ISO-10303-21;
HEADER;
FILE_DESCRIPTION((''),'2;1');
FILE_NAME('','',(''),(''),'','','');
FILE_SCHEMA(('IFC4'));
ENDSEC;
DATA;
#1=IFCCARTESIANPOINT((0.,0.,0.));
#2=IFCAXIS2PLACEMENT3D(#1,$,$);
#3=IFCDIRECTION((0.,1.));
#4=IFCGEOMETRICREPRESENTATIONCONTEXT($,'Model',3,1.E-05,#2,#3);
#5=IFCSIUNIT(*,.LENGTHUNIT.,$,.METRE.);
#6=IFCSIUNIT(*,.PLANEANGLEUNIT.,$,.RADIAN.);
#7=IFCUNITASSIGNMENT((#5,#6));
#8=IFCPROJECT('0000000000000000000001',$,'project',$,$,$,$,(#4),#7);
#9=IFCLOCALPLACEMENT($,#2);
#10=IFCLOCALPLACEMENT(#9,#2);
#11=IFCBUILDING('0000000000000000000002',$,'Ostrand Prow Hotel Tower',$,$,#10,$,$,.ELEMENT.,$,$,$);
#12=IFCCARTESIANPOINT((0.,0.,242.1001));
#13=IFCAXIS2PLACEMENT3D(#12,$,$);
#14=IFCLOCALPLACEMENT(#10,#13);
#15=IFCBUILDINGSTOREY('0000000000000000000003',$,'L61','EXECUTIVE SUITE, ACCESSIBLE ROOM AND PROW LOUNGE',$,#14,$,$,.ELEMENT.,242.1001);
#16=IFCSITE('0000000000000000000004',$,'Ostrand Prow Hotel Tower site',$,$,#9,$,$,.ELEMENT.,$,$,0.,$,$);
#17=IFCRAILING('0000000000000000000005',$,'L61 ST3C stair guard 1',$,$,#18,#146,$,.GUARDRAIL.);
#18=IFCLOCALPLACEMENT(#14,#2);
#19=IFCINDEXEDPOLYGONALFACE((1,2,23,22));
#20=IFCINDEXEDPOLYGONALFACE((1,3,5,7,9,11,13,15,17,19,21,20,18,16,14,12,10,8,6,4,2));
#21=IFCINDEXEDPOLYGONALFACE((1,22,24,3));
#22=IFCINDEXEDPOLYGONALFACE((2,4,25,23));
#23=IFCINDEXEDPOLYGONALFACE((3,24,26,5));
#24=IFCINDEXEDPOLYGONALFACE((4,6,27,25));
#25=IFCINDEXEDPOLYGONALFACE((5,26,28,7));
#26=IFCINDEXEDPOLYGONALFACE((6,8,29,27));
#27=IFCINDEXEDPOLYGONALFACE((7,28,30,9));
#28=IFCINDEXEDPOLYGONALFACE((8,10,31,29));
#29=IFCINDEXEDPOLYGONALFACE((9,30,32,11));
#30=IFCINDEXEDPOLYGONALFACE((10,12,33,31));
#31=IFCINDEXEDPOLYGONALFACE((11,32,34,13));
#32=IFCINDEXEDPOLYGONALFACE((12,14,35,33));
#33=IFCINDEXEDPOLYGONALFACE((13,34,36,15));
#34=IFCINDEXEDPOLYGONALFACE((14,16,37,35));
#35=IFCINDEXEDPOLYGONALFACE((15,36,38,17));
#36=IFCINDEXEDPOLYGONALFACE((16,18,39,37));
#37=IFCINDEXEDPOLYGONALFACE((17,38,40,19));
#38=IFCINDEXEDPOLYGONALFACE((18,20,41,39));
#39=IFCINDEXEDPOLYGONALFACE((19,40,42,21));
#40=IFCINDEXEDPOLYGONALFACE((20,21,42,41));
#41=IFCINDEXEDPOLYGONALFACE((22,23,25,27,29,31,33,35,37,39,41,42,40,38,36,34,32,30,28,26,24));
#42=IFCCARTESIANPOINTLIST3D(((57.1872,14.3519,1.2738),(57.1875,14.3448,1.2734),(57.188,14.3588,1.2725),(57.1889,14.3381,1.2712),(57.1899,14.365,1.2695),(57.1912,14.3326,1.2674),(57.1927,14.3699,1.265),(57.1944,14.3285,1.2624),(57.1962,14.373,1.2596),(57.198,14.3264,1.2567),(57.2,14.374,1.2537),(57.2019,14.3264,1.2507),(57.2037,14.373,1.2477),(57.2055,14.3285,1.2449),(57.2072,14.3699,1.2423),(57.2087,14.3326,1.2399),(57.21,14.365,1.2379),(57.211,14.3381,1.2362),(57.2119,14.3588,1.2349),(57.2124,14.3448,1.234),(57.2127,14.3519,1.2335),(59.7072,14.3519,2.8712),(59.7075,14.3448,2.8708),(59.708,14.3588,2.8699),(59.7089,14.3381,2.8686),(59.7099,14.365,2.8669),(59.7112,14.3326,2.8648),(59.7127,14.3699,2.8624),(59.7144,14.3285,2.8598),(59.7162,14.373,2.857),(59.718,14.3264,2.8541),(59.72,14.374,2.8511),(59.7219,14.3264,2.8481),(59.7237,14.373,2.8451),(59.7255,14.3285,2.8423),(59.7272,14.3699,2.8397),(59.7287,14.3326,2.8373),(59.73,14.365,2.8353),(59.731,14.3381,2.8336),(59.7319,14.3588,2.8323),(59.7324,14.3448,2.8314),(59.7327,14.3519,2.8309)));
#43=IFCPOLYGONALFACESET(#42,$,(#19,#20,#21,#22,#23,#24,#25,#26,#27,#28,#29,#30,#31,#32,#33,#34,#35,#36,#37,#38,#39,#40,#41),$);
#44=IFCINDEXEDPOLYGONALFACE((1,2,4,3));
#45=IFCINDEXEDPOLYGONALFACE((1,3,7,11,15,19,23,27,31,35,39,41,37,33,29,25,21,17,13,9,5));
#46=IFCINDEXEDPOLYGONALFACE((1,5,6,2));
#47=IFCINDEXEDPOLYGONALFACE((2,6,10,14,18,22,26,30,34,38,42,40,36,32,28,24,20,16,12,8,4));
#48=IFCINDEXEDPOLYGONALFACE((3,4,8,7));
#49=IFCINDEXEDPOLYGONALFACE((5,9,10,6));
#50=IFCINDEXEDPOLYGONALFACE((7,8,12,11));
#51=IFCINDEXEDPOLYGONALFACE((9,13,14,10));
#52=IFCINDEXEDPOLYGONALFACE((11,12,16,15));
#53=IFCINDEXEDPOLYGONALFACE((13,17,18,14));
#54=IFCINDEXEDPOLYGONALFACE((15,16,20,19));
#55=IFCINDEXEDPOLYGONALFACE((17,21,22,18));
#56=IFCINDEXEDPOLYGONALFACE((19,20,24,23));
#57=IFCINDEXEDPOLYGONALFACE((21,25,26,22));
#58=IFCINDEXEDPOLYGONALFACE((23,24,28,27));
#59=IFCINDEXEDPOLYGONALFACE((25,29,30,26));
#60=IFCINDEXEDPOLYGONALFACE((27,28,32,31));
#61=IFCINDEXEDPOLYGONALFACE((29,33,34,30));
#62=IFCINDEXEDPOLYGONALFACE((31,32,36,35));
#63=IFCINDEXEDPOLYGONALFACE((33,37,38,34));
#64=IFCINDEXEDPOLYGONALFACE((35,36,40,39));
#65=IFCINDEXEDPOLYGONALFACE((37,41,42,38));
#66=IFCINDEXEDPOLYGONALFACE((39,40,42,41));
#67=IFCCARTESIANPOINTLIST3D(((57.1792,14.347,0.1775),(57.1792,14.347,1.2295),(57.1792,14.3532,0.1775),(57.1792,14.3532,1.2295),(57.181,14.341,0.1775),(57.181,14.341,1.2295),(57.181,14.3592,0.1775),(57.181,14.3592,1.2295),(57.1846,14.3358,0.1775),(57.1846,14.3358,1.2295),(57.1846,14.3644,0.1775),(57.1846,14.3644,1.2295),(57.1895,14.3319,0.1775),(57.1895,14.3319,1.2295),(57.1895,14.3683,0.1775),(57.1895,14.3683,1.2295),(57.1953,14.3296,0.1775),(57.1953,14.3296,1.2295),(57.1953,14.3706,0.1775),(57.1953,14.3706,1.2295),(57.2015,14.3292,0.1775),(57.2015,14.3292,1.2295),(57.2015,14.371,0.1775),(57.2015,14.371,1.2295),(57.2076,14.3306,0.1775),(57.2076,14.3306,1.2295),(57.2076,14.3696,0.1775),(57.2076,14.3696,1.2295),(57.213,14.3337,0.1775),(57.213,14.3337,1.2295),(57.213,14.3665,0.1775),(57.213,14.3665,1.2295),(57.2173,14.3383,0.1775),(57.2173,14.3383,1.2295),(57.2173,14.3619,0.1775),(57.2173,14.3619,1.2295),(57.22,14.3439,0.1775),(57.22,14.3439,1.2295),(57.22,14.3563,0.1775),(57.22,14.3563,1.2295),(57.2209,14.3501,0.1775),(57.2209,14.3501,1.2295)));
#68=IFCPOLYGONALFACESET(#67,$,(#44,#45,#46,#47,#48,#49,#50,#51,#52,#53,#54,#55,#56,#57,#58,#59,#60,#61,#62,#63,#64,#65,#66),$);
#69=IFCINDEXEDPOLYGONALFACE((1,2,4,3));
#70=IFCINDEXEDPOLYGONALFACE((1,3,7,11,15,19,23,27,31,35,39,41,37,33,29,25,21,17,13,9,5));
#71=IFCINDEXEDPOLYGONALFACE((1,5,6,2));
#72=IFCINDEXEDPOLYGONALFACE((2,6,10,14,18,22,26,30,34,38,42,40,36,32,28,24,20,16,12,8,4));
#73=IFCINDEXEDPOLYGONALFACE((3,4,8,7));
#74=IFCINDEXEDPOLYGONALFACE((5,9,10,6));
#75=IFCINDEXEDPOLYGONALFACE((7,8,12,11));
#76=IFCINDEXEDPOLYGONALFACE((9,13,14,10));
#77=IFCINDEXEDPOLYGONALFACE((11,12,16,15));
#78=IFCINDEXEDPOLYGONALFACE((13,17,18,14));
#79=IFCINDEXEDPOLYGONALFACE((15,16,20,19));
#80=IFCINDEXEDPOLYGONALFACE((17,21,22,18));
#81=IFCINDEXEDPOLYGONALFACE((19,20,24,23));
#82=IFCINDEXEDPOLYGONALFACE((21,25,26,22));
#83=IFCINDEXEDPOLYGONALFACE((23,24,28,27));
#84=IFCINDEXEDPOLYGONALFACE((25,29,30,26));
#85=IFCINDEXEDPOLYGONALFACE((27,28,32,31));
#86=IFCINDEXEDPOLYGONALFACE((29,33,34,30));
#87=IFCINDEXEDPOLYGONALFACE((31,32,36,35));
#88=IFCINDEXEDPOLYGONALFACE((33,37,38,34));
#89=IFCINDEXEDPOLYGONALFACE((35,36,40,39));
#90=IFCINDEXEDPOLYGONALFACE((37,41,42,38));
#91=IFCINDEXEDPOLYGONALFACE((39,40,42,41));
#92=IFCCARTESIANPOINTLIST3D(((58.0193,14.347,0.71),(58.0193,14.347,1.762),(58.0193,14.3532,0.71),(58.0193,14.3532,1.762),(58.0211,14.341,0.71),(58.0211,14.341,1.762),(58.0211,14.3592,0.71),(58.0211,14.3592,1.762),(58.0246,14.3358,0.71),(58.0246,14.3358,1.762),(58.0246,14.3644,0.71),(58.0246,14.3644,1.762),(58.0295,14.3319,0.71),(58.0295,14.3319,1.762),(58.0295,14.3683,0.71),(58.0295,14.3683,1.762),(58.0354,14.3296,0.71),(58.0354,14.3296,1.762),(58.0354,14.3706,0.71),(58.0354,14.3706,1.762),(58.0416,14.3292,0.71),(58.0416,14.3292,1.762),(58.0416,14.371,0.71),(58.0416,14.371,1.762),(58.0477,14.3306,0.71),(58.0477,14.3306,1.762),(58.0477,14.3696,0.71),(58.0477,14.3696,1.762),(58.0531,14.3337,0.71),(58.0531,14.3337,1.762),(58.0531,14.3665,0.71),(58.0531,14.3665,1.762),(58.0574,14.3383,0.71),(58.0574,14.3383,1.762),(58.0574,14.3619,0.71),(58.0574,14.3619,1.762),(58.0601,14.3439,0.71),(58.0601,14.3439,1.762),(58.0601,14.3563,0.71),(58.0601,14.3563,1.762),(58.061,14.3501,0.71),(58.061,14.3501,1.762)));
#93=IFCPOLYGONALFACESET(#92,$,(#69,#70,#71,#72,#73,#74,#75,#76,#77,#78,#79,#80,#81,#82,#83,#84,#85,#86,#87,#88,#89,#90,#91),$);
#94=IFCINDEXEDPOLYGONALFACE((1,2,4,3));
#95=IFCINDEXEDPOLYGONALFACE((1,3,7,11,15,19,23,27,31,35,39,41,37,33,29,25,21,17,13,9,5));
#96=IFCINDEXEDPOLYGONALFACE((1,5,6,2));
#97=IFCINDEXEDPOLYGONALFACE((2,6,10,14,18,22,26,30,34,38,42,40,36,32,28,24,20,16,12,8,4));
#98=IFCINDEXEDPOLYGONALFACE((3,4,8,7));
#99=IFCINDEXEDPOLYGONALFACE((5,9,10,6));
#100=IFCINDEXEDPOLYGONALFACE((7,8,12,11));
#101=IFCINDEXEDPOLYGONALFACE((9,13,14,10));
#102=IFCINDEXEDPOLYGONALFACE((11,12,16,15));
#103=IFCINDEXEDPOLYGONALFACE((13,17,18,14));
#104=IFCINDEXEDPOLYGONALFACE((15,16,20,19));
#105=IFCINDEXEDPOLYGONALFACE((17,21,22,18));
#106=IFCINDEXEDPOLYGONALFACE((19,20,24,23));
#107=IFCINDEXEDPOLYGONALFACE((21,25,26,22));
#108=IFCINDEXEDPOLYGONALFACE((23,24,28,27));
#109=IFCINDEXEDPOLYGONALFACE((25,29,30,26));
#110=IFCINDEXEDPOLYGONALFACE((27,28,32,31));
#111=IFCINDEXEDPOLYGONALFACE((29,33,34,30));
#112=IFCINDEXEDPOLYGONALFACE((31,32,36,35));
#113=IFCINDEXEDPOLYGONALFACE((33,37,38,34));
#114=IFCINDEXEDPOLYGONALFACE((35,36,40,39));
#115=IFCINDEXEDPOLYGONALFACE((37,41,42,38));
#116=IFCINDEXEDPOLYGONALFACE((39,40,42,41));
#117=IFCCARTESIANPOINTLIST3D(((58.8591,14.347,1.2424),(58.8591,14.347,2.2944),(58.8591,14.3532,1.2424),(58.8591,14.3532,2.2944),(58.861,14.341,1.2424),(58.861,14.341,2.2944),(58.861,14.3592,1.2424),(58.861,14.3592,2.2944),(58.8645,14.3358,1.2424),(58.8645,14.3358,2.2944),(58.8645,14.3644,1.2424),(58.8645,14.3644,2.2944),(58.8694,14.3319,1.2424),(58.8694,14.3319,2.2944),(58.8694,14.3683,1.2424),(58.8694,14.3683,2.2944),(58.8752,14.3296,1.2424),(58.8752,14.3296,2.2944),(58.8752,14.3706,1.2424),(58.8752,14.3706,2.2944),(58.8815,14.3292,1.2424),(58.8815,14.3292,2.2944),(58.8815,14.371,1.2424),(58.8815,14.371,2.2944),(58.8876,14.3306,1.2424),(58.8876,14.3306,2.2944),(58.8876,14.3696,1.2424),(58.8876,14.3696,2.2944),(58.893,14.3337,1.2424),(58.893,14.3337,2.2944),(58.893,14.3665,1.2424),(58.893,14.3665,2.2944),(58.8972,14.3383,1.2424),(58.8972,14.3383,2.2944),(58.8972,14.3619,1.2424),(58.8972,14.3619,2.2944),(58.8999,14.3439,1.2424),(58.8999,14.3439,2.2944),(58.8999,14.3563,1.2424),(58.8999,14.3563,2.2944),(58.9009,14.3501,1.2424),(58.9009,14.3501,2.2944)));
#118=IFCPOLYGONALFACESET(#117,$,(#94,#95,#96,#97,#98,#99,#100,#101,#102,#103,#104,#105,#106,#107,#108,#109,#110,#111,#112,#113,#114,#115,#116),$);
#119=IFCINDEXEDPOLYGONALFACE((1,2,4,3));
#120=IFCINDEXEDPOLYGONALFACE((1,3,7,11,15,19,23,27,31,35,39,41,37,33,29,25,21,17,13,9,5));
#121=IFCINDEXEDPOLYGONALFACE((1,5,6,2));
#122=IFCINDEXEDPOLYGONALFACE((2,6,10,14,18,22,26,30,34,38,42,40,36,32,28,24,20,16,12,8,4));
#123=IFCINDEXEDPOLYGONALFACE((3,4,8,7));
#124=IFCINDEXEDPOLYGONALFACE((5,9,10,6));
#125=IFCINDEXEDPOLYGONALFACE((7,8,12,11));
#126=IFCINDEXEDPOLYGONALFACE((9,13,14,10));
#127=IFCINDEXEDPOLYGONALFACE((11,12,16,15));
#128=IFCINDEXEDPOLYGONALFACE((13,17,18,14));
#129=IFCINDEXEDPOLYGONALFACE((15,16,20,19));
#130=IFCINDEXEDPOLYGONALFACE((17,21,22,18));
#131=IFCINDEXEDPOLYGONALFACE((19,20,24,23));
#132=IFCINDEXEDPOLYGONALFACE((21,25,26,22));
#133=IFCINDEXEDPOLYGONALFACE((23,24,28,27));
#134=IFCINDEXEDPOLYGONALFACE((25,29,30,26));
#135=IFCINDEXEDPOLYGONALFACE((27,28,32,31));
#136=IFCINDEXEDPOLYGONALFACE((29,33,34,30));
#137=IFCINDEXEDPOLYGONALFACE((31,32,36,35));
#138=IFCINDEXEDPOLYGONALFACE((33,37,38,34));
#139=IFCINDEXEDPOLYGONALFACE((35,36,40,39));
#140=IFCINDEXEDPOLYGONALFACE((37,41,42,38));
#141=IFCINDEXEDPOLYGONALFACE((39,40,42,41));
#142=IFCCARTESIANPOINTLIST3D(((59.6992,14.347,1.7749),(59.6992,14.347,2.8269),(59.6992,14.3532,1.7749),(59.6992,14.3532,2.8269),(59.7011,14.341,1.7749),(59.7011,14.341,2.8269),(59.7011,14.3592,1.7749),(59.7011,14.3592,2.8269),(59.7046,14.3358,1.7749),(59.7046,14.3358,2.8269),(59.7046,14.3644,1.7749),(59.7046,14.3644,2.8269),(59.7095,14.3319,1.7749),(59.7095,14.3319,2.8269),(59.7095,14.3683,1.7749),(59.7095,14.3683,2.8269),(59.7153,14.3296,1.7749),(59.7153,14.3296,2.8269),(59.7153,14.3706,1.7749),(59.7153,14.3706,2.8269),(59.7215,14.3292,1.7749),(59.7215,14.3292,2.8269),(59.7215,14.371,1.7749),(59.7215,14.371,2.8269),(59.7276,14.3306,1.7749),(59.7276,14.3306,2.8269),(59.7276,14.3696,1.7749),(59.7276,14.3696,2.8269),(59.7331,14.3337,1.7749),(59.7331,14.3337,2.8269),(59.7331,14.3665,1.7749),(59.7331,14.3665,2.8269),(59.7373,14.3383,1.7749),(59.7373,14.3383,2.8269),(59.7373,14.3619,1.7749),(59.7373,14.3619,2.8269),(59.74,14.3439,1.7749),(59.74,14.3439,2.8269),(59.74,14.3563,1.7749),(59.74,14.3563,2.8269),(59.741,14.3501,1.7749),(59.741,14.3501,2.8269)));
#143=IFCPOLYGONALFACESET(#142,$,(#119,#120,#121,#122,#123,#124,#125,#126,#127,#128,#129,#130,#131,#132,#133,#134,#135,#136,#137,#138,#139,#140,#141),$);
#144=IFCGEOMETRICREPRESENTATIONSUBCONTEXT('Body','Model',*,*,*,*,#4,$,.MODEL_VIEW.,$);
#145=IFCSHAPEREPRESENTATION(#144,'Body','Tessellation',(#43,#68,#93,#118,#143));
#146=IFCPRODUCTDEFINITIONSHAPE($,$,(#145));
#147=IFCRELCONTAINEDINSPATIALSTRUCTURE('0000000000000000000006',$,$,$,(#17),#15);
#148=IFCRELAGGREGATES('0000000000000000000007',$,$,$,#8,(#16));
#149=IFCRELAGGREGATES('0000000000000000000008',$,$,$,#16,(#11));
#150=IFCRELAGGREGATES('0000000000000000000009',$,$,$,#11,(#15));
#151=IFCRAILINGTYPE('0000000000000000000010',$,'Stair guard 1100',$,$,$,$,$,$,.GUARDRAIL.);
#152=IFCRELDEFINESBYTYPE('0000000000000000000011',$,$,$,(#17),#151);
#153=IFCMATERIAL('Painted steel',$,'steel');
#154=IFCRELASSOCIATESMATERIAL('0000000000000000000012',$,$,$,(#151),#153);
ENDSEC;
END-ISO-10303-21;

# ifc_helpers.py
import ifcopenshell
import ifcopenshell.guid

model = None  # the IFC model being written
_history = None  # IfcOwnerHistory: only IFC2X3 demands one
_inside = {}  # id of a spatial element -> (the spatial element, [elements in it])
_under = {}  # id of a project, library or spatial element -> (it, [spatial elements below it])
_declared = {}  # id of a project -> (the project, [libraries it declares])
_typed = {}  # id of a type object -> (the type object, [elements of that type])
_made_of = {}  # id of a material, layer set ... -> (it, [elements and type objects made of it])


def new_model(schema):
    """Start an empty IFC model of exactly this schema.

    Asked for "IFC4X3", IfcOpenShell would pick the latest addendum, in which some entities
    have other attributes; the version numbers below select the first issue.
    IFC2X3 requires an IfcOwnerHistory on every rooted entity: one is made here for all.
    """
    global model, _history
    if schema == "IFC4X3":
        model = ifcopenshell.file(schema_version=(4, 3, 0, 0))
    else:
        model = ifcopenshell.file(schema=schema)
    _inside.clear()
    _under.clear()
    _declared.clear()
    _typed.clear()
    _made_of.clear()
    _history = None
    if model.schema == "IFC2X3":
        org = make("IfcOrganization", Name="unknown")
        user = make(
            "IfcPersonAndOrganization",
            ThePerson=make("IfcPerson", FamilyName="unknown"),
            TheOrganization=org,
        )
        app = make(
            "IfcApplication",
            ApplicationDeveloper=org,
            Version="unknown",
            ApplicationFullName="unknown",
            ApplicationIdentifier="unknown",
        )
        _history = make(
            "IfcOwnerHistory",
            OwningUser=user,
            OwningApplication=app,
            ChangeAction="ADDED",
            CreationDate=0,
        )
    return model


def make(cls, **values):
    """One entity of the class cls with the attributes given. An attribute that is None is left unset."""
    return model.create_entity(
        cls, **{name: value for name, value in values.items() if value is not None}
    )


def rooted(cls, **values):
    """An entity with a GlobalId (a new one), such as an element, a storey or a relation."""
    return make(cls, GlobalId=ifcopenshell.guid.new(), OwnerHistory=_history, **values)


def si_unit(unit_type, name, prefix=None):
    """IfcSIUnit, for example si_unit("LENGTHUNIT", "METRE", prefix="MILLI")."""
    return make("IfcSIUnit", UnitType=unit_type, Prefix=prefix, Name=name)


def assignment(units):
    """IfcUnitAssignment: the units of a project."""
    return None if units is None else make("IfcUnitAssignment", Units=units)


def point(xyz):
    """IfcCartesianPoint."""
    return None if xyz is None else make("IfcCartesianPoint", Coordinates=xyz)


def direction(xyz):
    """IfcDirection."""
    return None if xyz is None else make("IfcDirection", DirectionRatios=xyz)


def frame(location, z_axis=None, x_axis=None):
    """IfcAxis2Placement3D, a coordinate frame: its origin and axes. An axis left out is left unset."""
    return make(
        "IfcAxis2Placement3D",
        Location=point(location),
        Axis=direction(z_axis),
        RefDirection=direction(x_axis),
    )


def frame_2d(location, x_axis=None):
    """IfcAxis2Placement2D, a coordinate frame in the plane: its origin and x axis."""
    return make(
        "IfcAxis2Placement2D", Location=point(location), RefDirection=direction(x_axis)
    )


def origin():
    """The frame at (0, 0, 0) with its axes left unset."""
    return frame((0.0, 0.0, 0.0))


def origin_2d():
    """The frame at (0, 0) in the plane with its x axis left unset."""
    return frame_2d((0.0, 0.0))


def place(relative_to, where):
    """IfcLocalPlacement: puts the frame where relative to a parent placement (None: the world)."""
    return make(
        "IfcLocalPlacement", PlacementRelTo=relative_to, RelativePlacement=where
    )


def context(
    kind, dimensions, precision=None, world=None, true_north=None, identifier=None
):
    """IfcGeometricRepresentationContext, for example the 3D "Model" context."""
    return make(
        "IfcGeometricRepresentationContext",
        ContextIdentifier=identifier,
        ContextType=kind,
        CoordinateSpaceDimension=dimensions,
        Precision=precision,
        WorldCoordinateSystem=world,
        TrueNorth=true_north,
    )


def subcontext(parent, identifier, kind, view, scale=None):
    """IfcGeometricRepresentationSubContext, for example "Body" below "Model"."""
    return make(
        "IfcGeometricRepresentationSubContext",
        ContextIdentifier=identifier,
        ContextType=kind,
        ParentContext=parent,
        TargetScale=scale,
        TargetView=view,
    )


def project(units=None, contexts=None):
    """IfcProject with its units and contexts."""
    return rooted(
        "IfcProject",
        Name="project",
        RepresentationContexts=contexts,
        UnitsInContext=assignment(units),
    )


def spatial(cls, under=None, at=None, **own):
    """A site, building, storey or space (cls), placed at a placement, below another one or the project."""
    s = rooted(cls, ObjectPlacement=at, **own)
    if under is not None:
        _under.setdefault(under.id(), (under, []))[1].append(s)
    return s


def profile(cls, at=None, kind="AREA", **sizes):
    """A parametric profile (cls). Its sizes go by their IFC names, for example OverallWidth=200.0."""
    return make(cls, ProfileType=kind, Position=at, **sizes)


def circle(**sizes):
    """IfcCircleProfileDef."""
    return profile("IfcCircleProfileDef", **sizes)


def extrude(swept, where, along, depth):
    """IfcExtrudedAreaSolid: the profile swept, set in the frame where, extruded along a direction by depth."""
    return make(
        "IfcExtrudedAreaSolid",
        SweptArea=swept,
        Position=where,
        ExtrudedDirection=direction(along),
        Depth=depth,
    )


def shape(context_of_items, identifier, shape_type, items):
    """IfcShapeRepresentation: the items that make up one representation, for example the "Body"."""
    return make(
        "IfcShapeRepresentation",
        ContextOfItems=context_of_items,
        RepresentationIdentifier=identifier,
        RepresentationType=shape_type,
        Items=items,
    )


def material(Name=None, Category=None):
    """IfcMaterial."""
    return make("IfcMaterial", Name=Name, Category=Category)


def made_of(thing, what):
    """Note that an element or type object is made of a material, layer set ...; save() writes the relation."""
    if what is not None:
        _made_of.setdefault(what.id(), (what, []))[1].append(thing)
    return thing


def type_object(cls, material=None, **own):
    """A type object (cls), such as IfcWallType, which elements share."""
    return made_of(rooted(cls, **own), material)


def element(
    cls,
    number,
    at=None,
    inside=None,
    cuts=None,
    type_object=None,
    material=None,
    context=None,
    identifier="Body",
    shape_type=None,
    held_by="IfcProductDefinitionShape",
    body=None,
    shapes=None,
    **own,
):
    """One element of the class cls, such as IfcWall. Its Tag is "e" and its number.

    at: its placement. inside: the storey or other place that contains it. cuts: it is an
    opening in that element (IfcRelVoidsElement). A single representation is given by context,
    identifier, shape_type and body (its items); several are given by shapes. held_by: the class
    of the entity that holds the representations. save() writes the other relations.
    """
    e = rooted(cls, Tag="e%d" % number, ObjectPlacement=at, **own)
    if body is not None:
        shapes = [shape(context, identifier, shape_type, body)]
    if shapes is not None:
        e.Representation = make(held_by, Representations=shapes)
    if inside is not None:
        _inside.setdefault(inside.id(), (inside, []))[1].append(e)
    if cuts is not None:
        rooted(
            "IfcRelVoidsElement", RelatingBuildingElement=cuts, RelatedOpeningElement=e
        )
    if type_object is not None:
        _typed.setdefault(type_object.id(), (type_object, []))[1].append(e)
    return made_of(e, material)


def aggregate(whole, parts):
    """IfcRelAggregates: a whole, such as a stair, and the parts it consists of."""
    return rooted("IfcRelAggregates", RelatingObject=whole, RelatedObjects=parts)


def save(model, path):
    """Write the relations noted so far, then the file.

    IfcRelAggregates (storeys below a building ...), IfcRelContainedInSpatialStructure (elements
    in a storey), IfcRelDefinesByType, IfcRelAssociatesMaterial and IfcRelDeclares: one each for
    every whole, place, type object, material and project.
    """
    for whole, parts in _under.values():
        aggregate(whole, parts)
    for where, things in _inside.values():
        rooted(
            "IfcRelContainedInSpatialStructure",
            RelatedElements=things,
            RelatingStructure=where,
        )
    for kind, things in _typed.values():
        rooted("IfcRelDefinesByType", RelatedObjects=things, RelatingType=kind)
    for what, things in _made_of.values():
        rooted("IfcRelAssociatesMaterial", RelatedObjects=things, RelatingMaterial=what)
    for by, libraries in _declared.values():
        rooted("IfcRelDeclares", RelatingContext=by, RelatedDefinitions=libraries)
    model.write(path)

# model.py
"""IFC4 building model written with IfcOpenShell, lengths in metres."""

from ifc_helpers import new_model, si_unit, direction, frame, origin, origin_2d, place, context, subcontext, project, spatial, circle, extrude, material, type_object, element, save


model = new_model("IFC4")

# Units and contexts
model_context = context("Model", 3, precision=1e-05, world=origin(), true_north=direction((0.0, 1.0)))
body_context = subcontext(model_context, "Body", "Model", "MODEL_VIEW")
ifc_project = project(units=[si_unit("LENGTHUNIT", "METRE"), si_unit("PLANEANGLEUNIT", "RADIAN")], contexts=[model_context])

# Site, building, storey
site_placement = place(None, origin())
site = spatial("IfcSite", under=ifc_project, at=site_placement, Name="Ostrand Prow Hotel Tower site", CompositionType="ELEMENT", RefElevation=0.0)
building_placement = place(site_placement, origin())
building = spatial("IfcBuilding", under=site, at=building_placement, Name="Ostrand Prow Hotel Tower", CompositionType="ELEMENT")
storey_placement = place(building_placement, frame((0.0, 0.0, 242.1001)))
storey = spatial("IfcBuildingStorey", under=building, at=storey_placement, Name="L61", Description="EXECUTIVE SUITE, ACCESSIBLE ROOM AND PROW LOUNGE", CompositionType="ELEMENT", Elevation=242.1001)

# Railing
ifc_material_1 = material(Name="Painted steel", Category="steel")
railing_type_1 = type_object("IfcRailingType", Name="Stair guard 1100", PredefinedType="GUARDRAIL", material=ifc_material_1)
railing_1_placement = place(storey_placement, frame((57.2, 14.3501, 0.1775)))
element("IfcRailing", 1, at=railing_1_placement, inside=storey, type_object=railing_type_1, Name="L61 ST3C stair guard 1", PredefinedType="GUARDRAIL", context=body_context, shape_type="SweptSolid", body=[
    extrude(circle(Radius=0.0239, at=origin_2d()), frame((0.0, 0.0, 1.0762), z_axis=(0.844607, 0.0, 0.535387), x_axis=(0.0, 1.0, 0.0)), (0.0, 0.0, 1.0), 2.9836),
    extrude(circle(Radius=0.021, at=origin_2d()), origin(), (0.0, 0.0, 1.0), 1.052),
    extrude(circle(Radius=0.021, at=origin_2d()), frame((0.8401, 0.0, 0.5325)), (0.0, 0.0, 1.0), 1.052),
    extrude(circle(Radius=0.021, at=origin_2d()), frame((1.6799, 0.0, 1.0649)), (0.0, 0.0, 1.0), 1.052),
    extrude(circle(Radius=0.021, at=origin_2d()), frame((2.52, 0.0, 1.5974)), (0.0, 0.0, 1.0), 1.052),
])

save(model, "model.ifc")
